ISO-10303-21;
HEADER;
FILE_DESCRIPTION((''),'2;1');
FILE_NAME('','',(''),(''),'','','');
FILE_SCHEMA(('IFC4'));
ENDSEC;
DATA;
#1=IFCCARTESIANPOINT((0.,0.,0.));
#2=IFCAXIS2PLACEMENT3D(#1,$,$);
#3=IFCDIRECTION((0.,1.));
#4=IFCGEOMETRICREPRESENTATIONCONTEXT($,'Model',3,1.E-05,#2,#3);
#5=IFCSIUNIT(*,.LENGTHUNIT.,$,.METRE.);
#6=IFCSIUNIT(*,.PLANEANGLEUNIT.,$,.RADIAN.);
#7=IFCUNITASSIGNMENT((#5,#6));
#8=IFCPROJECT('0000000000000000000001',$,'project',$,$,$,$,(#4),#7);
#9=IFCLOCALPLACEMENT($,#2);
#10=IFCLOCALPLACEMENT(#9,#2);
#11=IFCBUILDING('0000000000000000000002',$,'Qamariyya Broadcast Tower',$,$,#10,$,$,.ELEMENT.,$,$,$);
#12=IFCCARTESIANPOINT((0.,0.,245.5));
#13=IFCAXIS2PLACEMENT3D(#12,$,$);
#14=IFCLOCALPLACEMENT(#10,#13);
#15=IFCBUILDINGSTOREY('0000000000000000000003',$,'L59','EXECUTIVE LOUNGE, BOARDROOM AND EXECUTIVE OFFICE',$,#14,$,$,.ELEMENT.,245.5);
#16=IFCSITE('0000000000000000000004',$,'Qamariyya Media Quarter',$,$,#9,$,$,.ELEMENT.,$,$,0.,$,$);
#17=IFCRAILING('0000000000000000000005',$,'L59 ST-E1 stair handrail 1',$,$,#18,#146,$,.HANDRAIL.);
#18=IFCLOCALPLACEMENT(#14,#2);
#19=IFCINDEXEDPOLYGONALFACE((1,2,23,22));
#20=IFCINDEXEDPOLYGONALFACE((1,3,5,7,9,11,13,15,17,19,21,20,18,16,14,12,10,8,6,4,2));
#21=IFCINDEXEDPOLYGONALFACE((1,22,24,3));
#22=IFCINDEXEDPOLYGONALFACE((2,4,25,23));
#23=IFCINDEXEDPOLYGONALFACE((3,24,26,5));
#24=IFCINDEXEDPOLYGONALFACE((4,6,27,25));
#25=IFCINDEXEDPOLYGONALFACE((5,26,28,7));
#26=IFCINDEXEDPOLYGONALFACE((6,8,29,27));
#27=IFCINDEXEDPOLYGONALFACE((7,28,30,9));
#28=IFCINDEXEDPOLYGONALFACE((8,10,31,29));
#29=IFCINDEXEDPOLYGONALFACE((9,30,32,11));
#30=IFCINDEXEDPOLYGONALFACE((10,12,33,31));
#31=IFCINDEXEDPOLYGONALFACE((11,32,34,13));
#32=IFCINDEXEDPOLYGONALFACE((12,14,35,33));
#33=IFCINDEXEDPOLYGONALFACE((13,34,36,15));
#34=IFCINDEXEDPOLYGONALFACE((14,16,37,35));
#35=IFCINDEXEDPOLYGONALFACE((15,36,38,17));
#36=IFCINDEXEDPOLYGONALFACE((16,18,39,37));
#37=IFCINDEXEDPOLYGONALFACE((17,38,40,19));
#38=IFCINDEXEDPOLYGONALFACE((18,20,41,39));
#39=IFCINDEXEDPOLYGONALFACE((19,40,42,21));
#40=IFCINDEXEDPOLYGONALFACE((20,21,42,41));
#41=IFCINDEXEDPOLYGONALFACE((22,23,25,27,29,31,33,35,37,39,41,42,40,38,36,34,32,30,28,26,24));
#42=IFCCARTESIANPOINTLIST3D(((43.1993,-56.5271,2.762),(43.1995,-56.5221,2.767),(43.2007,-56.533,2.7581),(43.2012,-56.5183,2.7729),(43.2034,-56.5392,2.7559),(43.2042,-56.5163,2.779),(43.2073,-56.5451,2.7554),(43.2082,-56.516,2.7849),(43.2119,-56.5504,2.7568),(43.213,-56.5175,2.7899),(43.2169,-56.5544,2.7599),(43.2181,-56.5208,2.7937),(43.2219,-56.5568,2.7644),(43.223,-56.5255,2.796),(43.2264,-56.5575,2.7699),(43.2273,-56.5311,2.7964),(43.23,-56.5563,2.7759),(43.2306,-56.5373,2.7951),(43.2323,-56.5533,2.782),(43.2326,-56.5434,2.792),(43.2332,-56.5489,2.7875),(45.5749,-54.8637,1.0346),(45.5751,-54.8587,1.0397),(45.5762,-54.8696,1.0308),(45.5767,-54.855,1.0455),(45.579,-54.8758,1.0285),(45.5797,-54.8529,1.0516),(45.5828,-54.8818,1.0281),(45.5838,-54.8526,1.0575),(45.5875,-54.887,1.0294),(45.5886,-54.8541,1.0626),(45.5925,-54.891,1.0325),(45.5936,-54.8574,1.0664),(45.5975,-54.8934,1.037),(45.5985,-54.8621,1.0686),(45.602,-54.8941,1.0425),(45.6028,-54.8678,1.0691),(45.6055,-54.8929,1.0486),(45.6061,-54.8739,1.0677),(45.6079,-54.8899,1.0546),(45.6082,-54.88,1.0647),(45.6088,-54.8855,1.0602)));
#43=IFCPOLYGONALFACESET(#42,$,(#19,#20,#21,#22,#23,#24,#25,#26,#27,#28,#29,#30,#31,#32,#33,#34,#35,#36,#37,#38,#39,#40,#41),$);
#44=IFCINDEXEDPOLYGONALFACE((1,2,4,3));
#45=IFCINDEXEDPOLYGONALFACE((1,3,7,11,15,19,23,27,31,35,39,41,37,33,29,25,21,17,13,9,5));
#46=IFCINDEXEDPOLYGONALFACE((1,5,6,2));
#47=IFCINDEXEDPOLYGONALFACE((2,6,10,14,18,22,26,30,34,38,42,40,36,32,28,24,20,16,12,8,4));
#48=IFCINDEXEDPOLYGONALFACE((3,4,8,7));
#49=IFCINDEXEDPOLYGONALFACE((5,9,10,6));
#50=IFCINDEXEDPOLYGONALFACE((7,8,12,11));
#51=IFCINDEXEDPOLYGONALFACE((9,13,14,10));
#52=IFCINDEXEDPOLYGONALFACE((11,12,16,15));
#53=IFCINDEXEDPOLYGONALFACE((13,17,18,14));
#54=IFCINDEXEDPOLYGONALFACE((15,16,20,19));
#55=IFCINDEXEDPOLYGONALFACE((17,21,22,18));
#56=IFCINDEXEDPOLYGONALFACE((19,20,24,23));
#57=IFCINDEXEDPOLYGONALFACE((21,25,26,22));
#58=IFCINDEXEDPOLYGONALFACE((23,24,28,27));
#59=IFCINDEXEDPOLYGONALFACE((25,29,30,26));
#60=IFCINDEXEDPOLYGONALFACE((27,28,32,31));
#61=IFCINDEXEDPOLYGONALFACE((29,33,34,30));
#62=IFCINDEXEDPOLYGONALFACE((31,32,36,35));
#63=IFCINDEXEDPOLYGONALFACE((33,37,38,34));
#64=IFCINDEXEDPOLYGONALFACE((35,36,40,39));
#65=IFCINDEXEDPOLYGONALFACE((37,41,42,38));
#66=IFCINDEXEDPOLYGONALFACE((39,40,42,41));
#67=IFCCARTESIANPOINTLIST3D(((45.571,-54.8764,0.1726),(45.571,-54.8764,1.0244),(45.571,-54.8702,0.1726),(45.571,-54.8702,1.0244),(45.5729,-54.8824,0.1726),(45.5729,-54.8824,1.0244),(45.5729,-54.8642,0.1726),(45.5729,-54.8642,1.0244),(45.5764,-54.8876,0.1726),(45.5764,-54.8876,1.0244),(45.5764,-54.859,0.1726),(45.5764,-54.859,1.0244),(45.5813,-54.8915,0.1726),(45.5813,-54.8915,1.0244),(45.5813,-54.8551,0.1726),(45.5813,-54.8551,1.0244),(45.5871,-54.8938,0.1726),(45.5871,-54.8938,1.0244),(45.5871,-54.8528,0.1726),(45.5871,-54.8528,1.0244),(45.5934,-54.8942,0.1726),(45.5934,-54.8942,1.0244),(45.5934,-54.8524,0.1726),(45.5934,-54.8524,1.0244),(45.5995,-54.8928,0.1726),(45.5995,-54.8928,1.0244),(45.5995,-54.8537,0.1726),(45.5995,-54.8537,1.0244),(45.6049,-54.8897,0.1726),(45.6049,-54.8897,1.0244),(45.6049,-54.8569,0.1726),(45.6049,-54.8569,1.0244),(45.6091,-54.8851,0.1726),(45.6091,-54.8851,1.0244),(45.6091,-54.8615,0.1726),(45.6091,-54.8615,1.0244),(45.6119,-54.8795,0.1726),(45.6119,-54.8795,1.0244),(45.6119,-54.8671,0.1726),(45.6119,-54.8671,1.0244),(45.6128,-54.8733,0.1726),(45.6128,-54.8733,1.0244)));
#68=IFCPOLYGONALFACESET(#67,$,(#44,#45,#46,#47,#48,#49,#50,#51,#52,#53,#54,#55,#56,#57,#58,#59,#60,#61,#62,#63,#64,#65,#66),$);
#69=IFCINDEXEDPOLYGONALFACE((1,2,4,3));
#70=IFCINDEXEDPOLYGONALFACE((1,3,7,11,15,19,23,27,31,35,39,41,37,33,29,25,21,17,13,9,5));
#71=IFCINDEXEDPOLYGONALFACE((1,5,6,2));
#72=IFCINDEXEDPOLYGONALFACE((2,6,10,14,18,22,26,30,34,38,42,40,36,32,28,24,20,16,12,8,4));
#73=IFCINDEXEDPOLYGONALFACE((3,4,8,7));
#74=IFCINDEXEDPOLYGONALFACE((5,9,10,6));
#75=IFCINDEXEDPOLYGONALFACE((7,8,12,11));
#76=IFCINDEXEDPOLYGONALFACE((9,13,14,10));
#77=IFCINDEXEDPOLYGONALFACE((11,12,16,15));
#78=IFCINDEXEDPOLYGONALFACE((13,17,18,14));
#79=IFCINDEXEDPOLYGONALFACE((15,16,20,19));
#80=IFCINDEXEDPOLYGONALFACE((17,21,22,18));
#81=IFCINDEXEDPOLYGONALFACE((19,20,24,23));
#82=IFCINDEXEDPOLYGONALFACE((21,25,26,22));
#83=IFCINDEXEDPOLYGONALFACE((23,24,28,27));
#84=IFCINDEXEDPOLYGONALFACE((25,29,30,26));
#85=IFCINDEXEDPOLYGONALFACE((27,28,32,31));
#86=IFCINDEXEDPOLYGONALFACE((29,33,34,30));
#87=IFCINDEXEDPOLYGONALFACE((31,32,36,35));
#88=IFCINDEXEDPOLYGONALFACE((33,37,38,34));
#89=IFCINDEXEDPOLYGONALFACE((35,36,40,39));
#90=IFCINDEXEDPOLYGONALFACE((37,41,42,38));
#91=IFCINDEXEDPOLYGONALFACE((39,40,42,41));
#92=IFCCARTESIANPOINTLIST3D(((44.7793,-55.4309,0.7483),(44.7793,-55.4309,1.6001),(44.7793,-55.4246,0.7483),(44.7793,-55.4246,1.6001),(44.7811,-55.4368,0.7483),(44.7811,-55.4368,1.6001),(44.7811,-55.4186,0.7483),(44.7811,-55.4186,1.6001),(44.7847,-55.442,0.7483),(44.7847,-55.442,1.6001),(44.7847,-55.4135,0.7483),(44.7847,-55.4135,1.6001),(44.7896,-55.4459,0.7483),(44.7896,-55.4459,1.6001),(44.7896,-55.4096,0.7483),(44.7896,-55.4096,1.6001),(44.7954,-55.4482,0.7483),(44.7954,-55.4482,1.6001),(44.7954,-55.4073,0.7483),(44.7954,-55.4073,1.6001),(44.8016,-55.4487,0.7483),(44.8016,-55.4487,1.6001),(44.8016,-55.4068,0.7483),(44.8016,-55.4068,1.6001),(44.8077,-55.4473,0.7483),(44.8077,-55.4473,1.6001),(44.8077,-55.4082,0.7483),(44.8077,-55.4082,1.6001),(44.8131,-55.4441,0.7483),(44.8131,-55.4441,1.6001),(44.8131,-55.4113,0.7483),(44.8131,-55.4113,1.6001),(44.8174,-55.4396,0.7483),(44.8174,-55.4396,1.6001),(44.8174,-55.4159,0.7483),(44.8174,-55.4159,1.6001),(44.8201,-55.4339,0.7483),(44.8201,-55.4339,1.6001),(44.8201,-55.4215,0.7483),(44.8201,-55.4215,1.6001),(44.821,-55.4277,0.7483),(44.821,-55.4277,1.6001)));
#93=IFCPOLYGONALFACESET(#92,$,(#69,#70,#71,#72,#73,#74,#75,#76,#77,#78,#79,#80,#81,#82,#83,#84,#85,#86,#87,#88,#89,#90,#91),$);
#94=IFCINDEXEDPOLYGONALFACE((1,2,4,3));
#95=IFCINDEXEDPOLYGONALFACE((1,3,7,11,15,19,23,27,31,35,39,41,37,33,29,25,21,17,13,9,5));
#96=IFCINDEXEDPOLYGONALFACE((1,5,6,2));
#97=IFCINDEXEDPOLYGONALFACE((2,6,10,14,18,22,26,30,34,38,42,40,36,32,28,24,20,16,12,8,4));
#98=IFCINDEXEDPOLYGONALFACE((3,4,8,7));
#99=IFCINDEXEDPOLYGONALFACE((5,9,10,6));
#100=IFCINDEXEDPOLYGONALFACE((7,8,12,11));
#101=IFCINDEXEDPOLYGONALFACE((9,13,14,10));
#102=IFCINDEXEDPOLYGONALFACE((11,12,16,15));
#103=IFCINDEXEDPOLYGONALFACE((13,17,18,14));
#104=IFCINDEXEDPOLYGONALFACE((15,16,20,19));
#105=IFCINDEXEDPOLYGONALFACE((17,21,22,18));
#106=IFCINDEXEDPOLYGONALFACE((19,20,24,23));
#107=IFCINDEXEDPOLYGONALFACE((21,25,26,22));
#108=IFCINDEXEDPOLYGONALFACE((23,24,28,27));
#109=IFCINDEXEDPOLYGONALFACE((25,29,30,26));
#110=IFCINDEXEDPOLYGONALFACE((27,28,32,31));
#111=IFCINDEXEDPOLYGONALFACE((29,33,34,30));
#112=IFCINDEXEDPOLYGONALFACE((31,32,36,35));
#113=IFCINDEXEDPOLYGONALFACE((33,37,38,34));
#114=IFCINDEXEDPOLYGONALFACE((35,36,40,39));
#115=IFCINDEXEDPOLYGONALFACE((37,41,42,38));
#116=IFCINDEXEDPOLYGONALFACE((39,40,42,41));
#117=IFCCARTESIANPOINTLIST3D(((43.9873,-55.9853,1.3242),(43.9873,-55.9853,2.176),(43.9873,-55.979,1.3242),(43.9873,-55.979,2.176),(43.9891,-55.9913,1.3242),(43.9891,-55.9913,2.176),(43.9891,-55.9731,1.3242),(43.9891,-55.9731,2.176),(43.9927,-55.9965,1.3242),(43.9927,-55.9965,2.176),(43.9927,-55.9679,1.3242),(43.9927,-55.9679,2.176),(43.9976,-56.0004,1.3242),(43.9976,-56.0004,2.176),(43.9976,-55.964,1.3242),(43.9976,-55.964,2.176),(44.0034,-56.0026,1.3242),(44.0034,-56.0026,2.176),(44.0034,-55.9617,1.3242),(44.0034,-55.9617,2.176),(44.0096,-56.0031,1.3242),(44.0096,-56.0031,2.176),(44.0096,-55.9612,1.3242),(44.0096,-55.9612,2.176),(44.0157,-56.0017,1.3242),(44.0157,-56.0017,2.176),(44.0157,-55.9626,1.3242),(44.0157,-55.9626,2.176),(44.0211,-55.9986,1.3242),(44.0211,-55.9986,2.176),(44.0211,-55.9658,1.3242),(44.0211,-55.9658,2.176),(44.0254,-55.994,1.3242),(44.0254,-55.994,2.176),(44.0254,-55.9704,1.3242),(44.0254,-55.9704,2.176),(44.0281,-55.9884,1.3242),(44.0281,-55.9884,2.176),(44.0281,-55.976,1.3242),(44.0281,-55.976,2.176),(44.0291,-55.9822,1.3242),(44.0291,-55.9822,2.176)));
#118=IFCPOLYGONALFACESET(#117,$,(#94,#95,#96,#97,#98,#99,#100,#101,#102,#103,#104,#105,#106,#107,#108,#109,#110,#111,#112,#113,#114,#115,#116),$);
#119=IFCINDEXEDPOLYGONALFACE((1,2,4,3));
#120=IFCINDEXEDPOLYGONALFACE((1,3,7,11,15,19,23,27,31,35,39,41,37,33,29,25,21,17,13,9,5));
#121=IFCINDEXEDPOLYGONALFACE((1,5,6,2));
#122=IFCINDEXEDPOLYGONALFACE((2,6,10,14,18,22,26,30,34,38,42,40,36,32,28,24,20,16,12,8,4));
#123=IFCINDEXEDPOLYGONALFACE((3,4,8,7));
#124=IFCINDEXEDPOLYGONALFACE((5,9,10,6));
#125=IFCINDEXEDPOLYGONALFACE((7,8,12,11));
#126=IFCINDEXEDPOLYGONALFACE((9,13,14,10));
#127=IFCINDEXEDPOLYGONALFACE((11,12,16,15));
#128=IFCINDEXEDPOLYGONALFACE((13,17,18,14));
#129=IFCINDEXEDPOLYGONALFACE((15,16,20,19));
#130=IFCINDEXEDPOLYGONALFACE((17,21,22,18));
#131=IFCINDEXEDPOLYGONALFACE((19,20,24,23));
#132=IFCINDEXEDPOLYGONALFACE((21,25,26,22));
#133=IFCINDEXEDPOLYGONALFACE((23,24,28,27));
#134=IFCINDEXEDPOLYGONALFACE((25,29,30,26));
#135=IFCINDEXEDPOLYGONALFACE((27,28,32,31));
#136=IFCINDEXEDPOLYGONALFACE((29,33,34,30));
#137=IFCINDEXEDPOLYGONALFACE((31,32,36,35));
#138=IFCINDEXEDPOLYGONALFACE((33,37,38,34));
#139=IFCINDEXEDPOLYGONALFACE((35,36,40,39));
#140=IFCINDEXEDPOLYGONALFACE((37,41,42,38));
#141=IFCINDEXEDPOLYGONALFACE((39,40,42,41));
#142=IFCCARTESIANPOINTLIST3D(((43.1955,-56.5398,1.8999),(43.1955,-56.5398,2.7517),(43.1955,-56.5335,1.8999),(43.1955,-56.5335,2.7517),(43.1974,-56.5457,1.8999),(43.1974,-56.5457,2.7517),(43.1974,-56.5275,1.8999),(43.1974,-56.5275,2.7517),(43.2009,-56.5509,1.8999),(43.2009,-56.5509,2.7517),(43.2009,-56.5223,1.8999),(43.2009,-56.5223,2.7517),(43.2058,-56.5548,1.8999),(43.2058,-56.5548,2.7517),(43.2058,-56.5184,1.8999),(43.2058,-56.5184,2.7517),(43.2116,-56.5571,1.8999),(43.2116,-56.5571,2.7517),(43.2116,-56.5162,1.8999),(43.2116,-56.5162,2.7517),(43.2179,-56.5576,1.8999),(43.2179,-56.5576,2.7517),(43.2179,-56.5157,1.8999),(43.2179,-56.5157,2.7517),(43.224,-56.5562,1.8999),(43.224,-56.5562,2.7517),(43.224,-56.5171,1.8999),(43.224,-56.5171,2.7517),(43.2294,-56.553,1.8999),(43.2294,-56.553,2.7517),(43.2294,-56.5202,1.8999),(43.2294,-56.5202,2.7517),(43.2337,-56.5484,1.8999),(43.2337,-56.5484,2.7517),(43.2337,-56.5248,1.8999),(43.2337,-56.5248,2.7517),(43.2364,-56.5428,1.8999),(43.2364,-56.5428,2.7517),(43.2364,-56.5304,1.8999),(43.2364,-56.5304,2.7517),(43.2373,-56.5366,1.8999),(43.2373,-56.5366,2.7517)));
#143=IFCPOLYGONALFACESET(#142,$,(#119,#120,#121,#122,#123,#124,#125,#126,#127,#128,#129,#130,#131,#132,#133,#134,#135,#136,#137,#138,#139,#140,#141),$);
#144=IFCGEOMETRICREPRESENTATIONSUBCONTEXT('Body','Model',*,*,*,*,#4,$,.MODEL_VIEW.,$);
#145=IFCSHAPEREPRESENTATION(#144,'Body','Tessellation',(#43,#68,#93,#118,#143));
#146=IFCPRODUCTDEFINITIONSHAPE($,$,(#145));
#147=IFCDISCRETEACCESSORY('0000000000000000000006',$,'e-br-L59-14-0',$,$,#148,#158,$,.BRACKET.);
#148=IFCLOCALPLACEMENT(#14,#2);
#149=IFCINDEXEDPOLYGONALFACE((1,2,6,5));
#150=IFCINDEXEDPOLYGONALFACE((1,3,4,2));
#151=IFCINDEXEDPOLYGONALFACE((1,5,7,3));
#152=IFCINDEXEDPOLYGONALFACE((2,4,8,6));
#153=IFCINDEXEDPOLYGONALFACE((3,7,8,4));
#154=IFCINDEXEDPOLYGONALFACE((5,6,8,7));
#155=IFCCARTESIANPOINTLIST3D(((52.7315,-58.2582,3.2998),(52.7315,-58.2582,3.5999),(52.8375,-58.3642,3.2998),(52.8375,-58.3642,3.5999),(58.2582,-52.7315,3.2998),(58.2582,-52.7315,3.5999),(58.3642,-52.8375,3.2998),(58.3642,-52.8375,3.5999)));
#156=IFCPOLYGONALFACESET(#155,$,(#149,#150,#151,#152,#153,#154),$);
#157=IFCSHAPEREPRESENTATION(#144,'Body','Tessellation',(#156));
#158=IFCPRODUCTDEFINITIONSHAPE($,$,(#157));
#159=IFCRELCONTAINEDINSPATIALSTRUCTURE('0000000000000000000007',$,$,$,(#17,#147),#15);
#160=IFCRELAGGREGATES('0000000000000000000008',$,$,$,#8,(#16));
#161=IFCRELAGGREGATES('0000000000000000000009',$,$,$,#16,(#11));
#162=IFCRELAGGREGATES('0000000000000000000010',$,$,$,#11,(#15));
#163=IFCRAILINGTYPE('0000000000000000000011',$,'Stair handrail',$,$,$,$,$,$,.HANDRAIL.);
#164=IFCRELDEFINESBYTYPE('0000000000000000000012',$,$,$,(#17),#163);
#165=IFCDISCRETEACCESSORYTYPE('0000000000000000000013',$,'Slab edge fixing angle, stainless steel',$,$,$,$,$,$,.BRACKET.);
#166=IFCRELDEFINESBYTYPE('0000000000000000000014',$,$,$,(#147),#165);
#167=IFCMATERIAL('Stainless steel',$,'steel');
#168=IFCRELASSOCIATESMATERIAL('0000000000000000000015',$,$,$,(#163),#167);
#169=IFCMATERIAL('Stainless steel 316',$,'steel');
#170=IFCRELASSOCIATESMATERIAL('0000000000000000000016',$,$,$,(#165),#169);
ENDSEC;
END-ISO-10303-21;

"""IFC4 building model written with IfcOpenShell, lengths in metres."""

from ifc_helpers import new_model, si_unit, direction, frame, origin, origin_2d, place, context, subcontext, project, spatial, rectangle, circle, extrude, material, type_object, element, save


model = new_model("IFC4")

# Units and contexts
model_context = context("Model", 3, precision=1e-05, world=origin(), true_north=direction((0.0, 1.0)))
body_context = subcontext(model_context, "Body", "Model", "MODEL_VIEW")
ifc_project = project(units=[si_unit("LENGTHUNIT", "METRE"), si_unit("PLANEANGLEUNIT", "RADIAN")], contexts=[model_context])

# Site, building, storey
site_placement = place(None, origin())
site = spatial("IfcSite", under=ifc_project, at=site_placement, Name="Qamariyya Media Quarter", CompositionType="ELEMENT", RefElevation=0.0)
building_placement = place(site_placement, origin())
building = spatial("IfcBuilding", under=site, at=building_placement, Name="Qamariyya Broadcast Tower", CompositionType="ELEMENT")
storey_placement = place(building_placement, frame((0.0, 0.0, 245.5)))
storey = spatial("IfcBuildingStorey", under=building, at=storey_placement, Name="L59", Description="EXECUTIVE LOUNGE, BOARDROOM AND EXECUTIVE OFFICE", CompositionType="ELEMENT", Elevation=245.5)

# Railing
ifc_material_1 = material(Name="Stainless steel", Category="steel")
railing_type = type_object("IfcRailingType", Name="Stair handrail", PredefinedType="HANDRAIL", material=ifc_material_1)
railing_placement = place(storey_placement, frame((45.5918, -54.8733, 0.1726)))
element("IfcRailing", 1, at=railing_placement, inside=storey, type_object=railing_type, Name="L59 ST-E1 stair handrail 1", PredefinedType="HANDRAIL", context=body_context, shape_type="SweptSolid", body=[
    extrude(circle(Radius=0.0239, at=origin_2d()), frame((0.0, 0.0, 0.876), z_axis=(-0.70377, -0.492784, 0.511734), x_axis=(0.573575, -0.819153, 0.0)), (0.0, 0.0, 1.0), 3.3755),
    extrude(circle(Radius=0.021, at=origin_2d()), origin(), (0.0, 0.0, 1.0), 0.8518),
    extrude(circle(Radius=0.021, at=origin_2d()), frame((-0.7917, -0.5544, 0.5757)), (0.0, 0.0, 1.0), 0.8518),
    extrude(circle(Radius=0.021, at=origin_2d()), frame((-1.5837, -1.1089, 1.1516)), (0.0, 0.0, 1.0), 0.8518),
    extrude(circle(Radius=0.021, at=origin_2d()), frame((-2.3755, -1.6633, 1.7273)), (0.0, 0.0, 1.0), 0.8518),
])

# Discrete accessory
ifc_material_2 = material(Name="Stainless steel 316", Category="steel")
discrete_accessory_type = type_object("IfcDiscreteAccessoryType", Name="Slab edge fixing angle, stainless steel", PredefinedType="BRACKET", material=ifc_material_2)
discrete_accessory_placement = place(storey_placement, frame((55.5479, -55.5479, 3.2998), z_axis=(0.0, 0.0, 1.0), x_axis=(0.707107, 0.707107, 0.0)))
element("IfcDiscreteAccessory", 2, at=discrete_accessory_placement, inside=storey, type_object=discrete_accessory_type, Name="e-br-L59-14-0", PredefinedType="BRACKET", context=body_context, shape_type="SweptSolid", body=[
    extrude(rectangle(XDim=7.8159, YDim=0.1499, at=origin_2d()), origin(), (0.0, 0.0, 1.0), 0.3),
])

save(model, "model.ifc")
